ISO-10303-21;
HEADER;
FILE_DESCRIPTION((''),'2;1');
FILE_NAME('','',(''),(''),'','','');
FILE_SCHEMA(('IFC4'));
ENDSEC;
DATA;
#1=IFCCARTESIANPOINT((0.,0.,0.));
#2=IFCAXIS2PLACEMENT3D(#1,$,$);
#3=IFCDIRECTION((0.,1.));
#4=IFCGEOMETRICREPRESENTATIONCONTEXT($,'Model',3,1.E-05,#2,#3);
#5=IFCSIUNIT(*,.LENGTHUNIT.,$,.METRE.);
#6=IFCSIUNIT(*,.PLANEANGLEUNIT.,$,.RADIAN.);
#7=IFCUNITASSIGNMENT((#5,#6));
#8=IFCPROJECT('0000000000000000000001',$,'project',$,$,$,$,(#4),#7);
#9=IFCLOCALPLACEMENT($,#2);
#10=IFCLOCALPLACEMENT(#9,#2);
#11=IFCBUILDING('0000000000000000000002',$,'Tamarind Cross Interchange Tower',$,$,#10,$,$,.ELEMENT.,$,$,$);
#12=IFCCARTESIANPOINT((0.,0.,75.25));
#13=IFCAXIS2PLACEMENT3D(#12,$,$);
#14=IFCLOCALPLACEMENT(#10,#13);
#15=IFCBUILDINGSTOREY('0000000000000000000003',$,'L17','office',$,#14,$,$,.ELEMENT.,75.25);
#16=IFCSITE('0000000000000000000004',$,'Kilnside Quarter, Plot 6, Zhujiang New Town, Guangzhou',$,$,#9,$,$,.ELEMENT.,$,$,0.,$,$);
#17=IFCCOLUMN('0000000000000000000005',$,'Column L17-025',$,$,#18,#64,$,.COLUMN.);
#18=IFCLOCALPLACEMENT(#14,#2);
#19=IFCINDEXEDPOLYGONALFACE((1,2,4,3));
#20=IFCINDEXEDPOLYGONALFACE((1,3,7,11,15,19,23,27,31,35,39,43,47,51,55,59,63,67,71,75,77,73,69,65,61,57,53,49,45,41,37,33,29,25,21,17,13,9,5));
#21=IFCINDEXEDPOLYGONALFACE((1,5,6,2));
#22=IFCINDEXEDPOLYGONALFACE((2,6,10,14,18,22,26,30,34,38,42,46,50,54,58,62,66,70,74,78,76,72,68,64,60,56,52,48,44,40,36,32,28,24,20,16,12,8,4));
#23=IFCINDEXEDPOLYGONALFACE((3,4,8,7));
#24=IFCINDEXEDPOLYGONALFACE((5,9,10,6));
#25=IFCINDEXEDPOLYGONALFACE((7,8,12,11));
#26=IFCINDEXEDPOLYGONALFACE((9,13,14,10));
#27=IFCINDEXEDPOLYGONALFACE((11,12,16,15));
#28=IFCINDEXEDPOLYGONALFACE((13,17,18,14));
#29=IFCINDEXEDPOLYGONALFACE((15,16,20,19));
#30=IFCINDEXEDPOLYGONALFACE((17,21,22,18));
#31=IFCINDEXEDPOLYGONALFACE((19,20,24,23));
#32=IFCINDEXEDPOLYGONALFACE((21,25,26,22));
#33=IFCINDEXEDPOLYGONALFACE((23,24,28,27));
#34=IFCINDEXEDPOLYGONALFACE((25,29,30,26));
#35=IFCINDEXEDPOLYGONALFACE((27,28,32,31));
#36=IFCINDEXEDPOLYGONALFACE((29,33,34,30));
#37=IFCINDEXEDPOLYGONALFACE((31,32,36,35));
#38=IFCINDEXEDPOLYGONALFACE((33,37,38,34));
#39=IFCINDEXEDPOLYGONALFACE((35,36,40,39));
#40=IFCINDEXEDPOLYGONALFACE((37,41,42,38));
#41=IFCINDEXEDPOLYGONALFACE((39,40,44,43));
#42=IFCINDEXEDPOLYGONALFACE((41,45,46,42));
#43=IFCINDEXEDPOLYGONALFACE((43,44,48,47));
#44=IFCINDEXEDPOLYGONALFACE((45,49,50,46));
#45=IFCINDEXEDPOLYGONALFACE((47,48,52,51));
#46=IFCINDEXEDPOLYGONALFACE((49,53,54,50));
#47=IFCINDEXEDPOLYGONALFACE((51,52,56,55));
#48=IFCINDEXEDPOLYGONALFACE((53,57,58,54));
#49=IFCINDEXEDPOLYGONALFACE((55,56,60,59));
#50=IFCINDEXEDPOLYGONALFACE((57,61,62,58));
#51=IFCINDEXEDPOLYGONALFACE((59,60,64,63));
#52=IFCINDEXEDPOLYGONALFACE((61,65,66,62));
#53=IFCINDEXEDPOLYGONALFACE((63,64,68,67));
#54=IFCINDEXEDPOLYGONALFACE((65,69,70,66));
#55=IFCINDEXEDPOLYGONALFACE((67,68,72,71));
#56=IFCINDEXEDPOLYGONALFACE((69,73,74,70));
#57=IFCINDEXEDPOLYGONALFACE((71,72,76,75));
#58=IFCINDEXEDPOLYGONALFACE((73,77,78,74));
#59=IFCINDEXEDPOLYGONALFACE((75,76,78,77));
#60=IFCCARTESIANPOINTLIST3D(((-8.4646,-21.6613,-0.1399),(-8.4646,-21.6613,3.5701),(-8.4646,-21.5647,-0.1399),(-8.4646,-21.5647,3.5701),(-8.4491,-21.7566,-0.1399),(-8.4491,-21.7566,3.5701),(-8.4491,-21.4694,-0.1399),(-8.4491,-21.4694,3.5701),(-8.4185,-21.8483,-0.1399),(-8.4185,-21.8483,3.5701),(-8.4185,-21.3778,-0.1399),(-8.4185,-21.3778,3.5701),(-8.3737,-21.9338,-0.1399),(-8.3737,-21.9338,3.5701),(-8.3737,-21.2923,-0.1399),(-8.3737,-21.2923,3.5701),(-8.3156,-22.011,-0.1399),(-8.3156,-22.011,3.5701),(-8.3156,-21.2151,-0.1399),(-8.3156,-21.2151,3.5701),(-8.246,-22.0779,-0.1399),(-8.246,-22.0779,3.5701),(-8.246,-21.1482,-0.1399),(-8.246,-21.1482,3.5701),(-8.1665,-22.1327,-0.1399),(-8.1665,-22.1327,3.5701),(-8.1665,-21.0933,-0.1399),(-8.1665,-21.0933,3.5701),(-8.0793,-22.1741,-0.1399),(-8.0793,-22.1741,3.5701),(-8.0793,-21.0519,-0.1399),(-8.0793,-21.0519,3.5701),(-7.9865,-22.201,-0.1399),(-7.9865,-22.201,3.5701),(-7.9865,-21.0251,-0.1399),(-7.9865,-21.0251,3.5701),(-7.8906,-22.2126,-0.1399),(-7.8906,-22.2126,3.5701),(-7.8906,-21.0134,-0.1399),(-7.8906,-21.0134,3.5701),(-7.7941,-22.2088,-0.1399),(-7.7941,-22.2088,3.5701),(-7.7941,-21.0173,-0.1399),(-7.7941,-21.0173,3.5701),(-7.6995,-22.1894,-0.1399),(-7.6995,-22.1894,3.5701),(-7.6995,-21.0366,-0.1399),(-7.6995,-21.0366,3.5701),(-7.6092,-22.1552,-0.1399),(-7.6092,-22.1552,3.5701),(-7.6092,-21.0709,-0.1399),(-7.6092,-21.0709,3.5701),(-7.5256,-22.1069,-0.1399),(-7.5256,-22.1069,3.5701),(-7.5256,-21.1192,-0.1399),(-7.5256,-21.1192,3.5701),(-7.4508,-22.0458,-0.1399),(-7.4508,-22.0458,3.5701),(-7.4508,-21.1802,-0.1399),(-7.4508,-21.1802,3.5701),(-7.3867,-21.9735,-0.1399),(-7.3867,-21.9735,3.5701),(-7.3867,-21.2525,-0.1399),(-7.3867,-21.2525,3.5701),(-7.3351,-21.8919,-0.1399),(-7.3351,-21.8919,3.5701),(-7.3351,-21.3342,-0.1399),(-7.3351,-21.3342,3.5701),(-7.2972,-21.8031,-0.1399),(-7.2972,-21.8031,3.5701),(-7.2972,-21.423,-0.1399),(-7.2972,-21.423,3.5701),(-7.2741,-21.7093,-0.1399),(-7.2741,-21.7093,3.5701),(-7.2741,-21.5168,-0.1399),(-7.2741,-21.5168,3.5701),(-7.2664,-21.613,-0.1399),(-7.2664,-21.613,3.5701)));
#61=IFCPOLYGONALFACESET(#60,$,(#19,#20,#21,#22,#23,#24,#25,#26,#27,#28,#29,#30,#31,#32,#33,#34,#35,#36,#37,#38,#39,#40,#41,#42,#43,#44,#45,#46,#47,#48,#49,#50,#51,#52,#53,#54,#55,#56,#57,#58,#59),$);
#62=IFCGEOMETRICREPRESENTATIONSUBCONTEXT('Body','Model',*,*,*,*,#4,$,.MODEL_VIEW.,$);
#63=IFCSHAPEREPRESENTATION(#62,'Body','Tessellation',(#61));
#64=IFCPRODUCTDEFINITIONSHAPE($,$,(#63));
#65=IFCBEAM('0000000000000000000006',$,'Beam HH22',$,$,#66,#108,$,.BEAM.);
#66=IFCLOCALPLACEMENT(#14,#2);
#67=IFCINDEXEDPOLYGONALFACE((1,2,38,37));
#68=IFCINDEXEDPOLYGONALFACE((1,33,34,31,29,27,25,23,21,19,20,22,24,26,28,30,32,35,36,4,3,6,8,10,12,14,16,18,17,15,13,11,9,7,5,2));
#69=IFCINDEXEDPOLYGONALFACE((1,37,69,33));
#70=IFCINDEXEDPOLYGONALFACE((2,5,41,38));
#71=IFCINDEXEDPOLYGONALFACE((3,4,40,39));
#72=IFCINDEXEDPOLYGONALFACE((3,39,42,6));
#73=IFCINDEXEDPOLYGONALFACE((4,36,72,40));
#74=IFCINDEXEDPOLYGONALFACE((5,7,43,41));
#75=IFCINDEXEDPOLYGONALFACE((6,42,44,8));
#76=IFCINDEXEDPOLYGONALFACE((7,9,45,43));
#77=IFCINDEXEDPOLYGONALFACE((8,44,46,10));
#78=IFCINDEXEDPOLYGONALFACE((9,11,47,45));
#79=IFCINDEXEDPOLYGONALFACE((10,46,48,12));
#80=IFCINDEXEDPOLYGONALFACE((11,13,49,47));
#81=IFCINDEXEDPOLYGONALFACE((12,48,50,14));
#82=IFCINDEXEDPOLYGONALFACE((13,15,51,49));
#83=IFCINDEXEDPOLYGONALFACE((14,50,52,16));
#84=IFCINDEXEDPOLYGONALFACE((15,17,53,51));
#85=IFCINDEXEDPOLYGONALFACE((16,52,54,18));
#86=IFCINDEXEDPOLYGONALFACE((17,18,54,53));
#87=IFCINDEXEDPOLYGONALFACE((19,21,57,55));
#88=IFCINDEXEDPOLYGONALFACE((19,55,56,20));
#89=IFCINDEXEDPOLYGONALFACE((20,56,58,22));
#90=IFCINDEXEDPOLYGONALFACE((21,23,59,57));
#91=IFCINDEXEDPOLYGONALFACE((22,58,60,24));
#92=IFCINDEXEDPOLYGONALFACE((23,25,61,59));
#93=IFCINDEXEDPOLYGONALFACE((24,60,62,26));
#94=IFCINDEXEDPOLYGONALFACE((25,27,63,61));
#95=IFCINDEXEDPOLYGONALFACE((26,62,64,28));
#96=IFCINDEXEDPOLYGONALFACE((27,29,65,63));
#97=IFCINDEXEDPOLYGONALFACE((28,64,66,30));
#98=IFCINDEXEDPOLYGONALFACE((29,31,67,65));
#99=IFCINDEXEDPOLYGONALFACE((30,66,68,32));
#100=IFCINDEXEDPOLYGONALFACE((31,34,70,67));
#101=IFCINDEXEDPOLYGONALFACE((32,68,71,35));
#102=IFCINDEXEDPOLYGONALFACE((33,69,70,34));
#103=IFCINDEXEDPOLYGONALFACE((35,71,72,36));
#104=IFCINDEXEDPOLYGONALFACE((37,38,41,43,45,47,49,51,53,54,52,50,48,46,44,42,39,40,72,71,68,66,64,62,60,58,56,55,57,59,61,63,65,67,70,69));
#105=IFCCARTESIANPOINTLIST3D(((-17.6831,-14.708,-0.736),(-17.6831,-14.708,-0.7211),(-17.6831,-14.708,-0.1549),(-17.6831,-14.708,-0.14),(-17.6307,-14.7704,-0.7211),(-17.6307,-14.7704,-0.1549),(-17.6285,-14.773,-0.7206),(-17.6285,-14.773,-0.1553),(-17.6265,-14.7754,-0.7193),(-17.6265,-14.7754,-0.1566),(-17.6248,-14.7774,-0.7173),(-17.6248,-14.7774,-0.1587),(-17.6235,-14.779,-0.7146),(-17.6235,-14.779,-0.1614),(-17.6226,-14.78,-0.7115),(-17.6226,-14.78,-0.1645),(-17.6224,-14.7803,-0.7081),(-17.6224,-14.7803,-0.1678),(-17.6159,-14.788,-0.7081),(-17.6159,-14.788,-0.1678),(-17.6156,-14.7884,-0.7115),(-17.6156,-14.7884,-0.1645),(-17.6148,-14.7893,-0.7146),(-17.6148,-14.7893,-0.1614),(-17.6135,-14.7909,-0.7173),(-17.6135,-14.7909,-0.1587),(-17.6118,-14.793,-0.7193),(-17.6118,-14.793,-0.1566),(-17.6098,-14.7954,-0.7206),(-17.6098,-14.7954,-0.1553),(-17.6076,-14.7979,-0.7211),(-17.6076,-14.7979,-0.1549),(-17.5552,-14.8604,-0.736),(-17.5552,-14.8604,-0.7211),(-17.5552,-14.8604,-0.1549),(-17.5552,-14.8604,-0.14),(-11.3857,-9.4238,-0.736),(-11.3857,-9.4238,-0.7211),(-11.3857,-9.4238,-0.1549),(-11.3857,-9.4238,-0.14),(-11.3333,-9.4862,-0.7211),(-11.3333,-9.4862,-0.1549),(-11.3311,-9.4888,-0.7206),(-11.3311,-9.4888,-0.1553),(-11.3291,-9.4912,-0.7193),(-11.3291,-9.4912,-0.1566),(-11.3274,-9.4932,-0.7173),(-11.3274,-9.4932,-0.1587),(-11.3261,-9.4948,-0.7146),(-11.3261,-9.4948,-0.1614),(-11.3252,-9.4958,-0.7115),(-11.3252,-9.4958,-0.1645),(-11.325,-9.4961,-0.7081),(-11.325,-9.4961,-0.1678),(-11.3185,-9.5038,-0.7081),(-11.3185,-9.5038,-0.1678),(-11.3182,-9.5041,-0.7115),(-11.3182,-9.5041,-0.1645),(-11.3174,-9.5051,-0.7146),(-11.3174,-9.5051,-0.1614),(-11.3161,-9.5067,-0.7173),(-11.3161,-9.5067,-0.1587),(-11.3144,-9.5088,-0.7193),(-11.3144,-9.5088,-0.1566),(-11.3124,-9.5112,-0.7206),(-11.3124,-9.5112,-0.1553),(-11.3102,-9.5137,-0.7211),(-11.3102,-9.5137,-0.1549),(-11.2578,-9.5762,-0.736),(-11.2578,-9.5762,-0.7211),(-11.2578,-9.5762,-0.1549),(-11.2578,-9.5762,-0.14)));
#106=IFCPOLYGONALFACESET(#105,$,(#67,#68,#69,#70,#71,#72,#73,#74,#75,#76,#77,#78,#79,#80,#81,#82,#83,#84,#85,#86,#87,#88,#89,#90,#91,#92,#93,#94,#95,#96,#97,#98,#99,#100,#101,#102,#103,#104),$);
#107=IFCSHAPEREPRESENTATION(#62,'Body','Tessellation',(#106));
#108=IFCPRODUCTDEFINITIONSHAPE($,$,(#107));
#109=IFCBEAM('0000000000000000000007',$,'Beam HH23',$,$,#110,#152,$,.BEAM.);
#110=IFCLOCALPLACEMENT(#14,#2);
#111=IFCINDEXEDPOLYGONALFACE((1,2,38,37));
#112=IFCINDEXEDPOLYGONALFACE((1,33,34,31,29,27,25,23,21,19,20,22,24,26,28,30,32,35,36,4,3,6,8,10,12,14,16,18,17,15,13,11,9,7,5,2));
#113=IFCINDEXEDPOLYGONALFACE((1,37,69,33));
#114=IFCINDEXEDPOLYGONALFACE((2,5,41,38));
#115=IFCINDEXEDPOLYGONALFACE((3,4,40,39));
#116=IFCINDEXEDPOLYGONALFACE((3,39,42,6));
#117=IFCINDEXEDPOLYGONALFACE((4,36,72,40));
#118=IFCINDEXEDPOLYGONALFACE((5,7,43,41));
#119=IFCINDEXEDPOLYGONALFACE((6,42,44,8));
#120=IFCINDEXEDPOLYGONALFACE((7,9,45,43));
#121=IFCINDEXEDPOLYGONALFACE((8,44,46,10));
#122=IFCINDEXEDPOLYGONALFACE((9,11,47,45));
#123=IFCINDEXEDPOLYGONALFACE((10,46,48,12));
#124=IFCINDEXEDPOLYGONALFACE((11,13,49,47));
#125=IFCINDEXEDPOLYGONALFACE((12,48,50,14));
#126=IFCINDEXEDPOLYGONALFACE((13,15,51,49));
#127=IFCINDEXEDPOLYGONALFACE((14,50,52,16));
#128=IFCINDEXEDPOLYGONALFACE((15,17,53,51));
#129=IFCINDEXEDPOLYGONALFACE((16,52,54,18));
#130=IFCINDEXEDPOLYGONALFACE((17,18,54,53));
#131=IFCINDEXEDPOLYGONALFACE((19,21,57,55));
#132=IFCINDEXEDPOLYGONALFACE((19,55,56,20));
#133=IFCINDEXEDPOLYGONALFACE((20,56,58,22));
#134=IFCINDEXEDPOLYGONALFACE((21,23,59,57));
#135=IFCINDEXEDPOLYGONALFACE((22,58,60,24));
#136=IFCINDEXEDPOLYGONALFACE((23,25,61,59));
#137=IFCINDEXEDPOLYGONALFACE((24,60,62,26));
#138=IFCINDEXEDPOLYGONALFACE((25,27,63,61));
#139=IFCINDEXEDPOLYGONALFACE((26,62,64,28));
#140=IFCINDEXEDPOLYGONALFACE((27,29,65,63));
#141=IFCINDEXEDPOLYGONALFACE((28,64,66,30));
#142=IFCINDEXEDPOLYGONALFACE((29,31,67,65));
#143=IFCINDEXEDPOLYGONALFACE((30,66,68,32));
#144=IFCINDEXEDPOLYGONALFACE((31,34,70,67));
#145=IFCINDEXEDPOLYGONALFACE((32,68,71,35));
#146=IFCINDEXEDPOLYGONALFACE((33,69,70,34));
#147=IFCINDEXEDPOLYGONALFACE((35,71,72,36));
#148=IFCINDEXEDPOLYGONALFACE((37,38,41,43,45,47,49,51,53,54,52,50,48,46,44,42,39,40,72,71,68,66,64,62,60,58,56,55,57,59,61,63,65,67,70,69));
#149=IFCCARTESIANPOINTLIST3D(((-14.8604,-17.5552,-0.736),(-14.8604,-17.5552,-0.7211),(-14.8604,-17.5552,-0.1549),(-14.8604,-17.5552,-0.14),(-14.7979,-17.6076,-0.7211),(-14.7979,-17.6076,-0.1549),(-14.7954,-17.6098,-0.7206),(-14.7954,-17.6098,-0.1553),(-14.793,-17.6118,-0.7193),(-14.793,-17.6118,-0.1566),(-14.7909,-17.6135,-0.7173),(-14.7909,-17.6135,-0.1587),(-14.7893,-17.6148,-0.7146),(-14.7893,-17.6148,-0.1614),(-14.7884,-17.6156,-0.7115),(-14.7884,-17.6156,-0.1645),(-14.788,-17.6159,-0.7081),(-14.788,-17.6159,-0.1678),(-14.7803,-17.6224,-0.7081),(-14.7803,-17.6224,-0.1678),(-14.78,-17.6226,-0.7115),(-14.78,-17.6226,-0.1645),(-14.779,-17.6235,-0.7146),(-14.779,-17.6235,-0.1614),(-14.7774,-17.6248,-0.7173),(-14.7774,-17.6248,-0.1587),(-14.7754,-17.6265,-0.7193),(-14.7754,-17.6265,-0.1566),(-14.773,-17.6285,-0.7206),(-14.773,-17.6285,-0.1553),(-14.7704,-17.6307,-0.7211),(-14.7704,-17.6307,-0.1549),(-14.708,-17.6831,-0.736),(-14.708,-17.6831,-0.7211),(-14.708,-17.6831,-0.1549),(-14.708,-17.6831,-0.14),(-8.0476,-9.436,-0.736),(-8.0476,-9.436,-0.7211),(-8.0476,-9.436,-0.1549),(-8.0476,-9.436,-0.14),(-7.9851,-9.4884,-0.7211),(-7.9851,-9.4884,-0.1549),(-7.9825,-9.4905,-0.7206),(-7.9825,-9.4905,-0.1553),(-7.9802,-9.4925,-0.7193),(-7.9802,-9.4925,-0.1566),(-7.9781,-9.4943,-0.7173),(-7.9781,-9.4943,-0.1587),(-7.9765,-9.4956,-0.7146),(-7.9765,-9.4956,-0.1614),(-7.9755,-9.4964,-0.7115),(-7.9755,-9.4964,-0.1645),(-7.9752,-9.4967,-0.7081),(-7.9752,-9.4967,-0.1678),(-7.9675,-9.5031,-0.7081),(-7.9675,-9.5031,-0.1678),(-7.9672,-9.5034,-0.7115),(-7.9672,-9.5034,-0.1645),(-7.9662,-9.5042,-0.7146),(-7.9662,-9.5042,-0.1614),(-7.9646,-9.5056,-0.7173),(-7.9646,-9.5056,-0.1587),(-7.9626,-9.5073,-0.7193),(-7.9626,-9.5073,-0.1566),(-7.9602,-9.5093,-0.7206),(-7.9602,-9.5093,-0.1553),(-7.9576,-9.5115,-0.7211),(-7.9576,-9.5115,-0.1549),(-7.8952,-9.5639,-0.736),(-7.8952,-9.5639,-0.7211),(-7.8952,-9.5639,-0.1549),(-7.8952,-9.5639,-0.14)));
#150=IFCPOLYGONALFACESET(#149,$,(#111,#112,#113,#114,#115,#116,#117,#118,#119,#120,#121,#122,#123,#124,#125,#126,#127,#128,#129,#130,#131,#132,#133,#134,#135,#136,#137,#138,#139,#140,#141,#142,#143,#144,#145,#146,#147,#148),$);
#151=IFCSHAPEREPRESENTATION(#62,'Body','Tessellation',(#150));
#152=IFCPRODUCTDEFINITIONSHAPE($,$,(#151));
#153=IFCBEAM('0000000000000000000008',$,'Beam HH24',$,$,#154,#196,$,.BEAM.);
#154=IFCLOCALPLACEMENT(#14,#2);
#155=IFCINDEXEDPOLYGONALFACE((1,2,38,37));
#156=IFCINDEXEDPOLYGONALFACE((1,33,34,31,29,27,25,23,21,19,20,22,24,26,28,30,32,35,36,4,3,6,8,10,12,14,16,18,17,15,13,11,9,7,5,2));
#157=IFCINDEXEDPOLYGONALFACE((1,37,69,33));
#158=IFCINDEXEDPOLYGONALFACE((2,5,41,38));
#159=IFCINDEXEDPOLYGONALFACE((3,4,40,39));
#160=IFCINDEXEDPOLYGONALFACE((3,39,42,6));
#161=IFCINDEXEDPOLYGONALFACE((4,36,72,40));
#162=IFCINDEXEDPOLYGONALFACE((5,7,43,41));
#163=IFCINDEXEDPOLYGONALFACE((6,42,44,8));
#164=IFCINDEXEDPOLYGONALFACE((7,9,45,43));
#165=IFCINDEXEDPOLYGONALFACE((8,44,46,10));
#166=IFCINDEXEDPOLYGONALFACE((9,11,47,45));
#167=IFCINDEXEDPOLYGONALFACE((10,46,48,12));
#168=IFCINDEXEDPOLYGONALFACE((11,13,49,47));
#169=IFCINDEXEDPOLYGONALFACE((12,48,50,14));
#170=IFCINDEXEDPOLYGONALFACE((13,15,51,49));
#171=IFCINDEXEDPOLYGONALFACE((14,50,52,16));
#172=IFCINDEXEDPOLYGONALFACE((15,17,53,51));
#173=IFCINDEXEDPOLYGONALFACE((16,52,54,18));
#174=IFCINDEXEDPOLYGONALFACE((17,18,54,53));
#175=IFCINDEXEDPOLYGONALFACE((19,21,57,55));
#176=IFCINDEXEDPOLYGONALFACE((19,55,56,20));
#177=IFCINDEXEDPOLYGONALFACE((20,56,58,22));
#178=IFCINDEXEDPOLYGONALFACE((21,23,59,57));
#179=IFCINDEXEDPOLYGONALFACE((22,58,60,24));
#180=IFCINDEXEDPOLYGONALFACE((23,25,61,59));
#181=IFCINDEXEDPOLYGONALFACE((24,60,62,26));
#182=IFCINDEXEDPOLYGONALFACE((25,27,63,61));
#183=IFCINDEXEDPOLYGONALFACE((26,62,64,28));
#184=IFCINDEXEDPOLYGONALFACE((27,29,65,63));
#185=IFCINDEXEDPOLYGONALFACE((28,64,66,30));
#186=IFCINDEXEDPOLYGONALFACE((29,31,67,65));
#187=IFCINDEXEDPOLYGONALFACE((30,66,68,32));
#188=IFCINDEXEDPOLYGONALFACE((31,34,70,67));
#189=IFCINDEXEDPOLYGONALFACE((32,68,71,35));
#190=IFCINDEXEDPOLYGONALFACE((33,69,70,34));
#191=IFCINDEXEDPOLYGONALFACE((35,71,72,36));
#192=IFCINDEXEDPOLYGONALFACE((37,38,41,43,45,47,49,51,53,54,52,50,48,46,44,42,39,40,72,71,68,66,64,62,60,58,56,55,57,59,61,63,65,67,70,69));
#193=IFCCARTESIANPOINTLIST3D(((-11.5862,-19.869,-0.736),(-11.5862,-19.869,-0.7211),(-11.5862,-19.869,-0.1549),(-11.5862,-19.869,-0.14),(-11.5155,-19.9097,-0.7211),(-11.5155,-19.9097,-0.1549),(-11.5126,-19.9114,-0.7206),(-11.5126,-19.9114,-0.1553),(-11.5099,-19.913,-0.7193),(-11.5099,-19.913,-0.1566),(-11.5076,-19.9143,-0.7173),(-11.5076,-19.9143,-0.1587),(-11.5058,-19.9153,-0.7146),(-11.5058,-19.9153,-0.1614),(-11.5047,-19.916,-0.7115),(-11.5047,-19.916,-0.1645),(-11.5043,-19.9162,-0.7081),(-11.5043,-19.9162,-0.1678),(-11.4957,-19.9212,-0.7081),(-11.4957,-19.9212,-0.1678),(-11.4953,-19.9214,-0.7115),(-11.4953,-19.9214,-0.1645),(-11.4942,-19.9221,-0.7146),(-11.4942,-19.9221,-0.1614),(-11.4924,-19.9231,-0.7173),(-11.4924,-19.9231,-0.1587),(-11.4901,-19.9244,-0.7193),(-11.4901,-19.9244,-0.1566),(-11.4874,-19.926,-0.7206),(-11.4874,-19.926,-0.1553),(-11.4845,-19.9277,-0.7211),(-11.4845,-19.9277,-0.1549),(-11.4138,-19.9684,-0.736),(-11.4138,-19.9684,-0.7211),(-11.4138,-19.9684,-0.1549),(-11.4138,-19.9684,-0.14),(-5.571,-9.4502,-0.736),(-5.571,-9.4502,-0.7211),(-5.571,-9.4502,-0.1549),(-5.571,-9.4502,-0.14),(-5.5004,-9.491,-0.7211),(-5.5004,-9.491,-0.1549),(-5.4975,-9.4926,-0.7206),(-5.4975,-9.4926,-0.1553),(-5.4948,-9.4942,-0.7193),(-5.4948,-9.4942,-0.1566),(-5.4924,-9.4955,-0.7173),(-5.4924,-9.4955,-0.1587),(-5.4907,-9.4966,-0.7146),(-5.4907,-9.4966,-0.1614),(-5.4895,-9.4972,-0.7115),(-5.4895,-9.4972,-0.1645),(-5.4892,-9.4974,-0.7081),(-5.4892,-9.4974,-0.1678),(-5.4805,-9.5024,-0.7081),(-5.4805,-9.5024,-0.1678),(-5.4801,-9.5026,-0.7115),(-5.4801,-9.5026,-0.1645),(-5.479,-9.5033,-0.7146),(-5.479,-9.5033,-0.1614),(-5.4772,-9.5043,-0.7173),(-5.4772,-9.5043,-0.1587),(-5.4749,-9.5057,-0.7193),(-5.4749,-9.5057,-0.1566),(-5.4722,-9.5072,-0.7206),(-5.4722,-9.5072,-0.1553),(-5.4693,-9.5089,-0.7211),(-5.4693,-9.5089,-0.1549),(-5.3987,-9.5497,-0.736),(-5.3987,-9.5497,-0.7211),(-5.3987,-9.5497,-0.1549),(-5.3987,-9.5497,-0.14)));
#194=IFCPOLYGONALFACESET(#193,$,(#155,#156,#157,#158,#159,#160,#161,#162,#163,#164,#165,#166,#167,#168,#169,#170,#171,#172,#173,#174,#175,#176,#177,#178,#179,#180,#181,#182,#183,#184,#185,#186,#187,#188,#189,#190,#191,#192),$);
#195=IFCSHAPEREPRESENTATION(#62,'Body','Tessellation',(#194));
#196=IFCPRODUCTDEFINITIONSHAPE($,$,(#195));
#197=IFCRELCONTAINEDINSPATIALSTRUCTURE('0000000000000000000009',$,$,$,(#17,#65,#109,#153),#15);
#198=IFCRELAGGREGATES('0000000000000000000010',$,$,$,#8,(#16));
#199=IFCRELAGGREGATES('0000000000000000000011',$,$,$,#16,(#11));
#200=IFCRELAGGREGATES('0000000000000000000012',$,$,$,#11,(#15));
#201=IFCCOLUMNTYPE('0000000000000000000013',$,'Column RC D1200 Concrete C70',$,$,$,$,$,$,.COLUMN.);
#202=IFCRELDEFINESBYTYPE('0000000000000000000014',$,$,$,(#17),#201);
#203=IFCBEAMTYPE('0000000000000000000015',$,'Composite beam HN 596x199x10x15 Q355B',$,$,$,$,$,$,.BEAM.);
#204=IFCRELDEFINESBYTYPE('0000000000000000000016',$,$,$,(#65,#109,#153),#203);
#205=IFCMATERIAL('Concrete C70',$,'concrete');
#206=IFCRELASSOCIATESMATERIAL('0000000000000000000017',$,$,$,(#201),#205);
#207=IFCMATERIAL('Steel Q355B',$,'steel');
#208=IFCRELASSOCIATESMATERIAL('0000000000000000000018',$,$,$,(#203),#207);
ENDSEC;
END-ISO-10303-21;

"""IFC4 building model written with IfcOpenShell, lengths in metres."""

from ifc_helpers import new_model, si_unit, direction, frame, origin, origin_2d, place, context, subcontext, project, spatial, circle, i_section, extrude, material, material_profile, profile_set, type_object, element, save


model = new_model("IFC4")

# Units and contexts
model_context = context("Model", 3, precision=1e-05, world=origin(), true_north=direction((0.0, 1.0)))
body_context = subcontext(model_context, "Body", "Model", "MODEL_VIEW")
ifc_project = project(units=[si_unit("LENGTHUNIT", "METRE"), si_unit("PLANEANGLEUNIT", "RADIAN")], contexts=[model_context])

# Site, building, storey
site_placement = place(None, origin())
site = spatial("IfcSite", under=ifc_project, at=site_placement, Name="Kilnside Quarter, Plot 6, Zhujiang New Town, Guangzhou", CompositionType="ELEMENT", RefElevation=0.0)
building_placement = place(site_placement, origin())
building = spatial("IfcBuilding", under=site, at=building_placement, Name="Tamarind Cross Interchange Tower", CompositionType="ELEMENT")
storey_placement = place(building_placement, frame((0.0, 0.0, 75.25)))
storey = spatial("IfcBuildingStorey", under=building, at=storey_placement, Name="L17", Description="office", CompositionType="ELEMENT", Elevation=75.25)

# Column
ifc_material_1 = material(Name="Concrete C70", Category="concrete")
ifc_material_profile_1 = material_profile(ifc_material_1, circle(Radius=0.6001, at=origin_2d()), Name="RC D1200")
ifc_profile_set_1 = profile_set([ifc_material_profile_1], Name="Concrete C70")
column_type = type_object("IfcColumnType", Name="Column RC D1200 Concrete C70", PredefinedType="COLUMN", material=ifc_profile_set_1)
for number, where, z_axis, x_axis, name in (
    (1, (-7.8665, -21.613, -0.1399), (0.0, 0.0, 1.0), (1.0, 0.0, 0.0), "Column L17-025"),
):
    element("IfcColumn", number, at=place(storey_placement, frame(where, z_axis=z_axis, x_axis=x_axis)), inside=storey, type_object=column_type, Name=name, PredefinedType="COLUMN", context=body_context, shape_type="SweptSolid", body=[
        extrude(circle(Radius=0.6001, at=origin_2d()), origin(), (0.0, 0.0, 1.0), 3.71),
    ])

# Beams
ifc_material_2 = material(Name="Steel Q355B", Category="steel")
ifc_material_profile_2 = material_profile(ifc_material_2, i_section(OverallWidth=0.199, OverallDepth=0.5959, WebThickness=0.01, FlangeThickness=0.0149, FilletRadius=0.0129, at=origin_2d()), Name="HN 596x199x10x15")
ifc_profile_set_2 = profile_set([ifc_material_profile_2], Name="Steel Q355B")
beam_type = type_object("IfcBeamType", Name="Composite beam HN 596x199x10x15 Q355B", PredefinedType="BEAM", material=ifc_profile_set_2)
beam_1_placement = place(storey_placement, frame((-17.6191, -14.7842, -0.438), z_axis=(0.766041, 0.642792, 0.0), x_axis=(-0.642792, 0.766041, 0.0)))
element("IfcBeam", 2, at=beam_1_placement, inside=storey, type_object=beam_type, Name="Beam HH22", PredefinedType="BEAM", context=body_context, shape_type="SweptSolid", body=[
    extrude(i_section(OverallWidth=0.199, OverallDepth=0.5959, WebThickness=0.01, FlangeThickness=0.0149, FilletRadius=0.0129, at=origin_2d()), origin(), (0.0, 0.0, 1.0), 8.2207),
])
beam_2_placement = place(storey_placement, frame((-14.7842, -17.6191, -0.438), z_axis=(0.642786, 0.766046, 0.0), x_axis=(-0.766046, 0.642786, 0.0)))
element("IfcBeam", 3, at=beam_2_placement, inside=storey, type_object=beam_type, Name="Beam HH23", PredefinedType="BEAM", context=body_context, shape_type="SweptSolid", body=[
    extrude(i_section(OverallWidth=0.199, OverallDepth=0.5959, WebThickness=0.01, FlangeThickness=0.0149, FilletRadius=0.0129, at=origin_2d()), origin(), (0.0, 0.0, 1.0), 10.5989),
])
beam_3_placement = place(storey_placement, frame((-11.5, -19.9187, -0.438), z_axis=(0.499994, 0.866029, 0.0), x_axis=(-0.866029, 0.499994, 0.0)))
element("IfcBeam", 4, at=beam_3_placement, inside=storey, type_object=beam_type, Name="Beam HH24", PredefinedType="BEAM", context=body_context, shape_type="SweptSolid", body=[
    extrude(i_section(OverallWidth=0.199, OverallDepth=0.5959, WebThickness=0.01, FlangeThickness=0.0149, FilletRadius=0.0129, at=origin_2d()), origin(), (0.0, 0.0, 1.0), 12.0305),
])

save(model, "model.ifc")
